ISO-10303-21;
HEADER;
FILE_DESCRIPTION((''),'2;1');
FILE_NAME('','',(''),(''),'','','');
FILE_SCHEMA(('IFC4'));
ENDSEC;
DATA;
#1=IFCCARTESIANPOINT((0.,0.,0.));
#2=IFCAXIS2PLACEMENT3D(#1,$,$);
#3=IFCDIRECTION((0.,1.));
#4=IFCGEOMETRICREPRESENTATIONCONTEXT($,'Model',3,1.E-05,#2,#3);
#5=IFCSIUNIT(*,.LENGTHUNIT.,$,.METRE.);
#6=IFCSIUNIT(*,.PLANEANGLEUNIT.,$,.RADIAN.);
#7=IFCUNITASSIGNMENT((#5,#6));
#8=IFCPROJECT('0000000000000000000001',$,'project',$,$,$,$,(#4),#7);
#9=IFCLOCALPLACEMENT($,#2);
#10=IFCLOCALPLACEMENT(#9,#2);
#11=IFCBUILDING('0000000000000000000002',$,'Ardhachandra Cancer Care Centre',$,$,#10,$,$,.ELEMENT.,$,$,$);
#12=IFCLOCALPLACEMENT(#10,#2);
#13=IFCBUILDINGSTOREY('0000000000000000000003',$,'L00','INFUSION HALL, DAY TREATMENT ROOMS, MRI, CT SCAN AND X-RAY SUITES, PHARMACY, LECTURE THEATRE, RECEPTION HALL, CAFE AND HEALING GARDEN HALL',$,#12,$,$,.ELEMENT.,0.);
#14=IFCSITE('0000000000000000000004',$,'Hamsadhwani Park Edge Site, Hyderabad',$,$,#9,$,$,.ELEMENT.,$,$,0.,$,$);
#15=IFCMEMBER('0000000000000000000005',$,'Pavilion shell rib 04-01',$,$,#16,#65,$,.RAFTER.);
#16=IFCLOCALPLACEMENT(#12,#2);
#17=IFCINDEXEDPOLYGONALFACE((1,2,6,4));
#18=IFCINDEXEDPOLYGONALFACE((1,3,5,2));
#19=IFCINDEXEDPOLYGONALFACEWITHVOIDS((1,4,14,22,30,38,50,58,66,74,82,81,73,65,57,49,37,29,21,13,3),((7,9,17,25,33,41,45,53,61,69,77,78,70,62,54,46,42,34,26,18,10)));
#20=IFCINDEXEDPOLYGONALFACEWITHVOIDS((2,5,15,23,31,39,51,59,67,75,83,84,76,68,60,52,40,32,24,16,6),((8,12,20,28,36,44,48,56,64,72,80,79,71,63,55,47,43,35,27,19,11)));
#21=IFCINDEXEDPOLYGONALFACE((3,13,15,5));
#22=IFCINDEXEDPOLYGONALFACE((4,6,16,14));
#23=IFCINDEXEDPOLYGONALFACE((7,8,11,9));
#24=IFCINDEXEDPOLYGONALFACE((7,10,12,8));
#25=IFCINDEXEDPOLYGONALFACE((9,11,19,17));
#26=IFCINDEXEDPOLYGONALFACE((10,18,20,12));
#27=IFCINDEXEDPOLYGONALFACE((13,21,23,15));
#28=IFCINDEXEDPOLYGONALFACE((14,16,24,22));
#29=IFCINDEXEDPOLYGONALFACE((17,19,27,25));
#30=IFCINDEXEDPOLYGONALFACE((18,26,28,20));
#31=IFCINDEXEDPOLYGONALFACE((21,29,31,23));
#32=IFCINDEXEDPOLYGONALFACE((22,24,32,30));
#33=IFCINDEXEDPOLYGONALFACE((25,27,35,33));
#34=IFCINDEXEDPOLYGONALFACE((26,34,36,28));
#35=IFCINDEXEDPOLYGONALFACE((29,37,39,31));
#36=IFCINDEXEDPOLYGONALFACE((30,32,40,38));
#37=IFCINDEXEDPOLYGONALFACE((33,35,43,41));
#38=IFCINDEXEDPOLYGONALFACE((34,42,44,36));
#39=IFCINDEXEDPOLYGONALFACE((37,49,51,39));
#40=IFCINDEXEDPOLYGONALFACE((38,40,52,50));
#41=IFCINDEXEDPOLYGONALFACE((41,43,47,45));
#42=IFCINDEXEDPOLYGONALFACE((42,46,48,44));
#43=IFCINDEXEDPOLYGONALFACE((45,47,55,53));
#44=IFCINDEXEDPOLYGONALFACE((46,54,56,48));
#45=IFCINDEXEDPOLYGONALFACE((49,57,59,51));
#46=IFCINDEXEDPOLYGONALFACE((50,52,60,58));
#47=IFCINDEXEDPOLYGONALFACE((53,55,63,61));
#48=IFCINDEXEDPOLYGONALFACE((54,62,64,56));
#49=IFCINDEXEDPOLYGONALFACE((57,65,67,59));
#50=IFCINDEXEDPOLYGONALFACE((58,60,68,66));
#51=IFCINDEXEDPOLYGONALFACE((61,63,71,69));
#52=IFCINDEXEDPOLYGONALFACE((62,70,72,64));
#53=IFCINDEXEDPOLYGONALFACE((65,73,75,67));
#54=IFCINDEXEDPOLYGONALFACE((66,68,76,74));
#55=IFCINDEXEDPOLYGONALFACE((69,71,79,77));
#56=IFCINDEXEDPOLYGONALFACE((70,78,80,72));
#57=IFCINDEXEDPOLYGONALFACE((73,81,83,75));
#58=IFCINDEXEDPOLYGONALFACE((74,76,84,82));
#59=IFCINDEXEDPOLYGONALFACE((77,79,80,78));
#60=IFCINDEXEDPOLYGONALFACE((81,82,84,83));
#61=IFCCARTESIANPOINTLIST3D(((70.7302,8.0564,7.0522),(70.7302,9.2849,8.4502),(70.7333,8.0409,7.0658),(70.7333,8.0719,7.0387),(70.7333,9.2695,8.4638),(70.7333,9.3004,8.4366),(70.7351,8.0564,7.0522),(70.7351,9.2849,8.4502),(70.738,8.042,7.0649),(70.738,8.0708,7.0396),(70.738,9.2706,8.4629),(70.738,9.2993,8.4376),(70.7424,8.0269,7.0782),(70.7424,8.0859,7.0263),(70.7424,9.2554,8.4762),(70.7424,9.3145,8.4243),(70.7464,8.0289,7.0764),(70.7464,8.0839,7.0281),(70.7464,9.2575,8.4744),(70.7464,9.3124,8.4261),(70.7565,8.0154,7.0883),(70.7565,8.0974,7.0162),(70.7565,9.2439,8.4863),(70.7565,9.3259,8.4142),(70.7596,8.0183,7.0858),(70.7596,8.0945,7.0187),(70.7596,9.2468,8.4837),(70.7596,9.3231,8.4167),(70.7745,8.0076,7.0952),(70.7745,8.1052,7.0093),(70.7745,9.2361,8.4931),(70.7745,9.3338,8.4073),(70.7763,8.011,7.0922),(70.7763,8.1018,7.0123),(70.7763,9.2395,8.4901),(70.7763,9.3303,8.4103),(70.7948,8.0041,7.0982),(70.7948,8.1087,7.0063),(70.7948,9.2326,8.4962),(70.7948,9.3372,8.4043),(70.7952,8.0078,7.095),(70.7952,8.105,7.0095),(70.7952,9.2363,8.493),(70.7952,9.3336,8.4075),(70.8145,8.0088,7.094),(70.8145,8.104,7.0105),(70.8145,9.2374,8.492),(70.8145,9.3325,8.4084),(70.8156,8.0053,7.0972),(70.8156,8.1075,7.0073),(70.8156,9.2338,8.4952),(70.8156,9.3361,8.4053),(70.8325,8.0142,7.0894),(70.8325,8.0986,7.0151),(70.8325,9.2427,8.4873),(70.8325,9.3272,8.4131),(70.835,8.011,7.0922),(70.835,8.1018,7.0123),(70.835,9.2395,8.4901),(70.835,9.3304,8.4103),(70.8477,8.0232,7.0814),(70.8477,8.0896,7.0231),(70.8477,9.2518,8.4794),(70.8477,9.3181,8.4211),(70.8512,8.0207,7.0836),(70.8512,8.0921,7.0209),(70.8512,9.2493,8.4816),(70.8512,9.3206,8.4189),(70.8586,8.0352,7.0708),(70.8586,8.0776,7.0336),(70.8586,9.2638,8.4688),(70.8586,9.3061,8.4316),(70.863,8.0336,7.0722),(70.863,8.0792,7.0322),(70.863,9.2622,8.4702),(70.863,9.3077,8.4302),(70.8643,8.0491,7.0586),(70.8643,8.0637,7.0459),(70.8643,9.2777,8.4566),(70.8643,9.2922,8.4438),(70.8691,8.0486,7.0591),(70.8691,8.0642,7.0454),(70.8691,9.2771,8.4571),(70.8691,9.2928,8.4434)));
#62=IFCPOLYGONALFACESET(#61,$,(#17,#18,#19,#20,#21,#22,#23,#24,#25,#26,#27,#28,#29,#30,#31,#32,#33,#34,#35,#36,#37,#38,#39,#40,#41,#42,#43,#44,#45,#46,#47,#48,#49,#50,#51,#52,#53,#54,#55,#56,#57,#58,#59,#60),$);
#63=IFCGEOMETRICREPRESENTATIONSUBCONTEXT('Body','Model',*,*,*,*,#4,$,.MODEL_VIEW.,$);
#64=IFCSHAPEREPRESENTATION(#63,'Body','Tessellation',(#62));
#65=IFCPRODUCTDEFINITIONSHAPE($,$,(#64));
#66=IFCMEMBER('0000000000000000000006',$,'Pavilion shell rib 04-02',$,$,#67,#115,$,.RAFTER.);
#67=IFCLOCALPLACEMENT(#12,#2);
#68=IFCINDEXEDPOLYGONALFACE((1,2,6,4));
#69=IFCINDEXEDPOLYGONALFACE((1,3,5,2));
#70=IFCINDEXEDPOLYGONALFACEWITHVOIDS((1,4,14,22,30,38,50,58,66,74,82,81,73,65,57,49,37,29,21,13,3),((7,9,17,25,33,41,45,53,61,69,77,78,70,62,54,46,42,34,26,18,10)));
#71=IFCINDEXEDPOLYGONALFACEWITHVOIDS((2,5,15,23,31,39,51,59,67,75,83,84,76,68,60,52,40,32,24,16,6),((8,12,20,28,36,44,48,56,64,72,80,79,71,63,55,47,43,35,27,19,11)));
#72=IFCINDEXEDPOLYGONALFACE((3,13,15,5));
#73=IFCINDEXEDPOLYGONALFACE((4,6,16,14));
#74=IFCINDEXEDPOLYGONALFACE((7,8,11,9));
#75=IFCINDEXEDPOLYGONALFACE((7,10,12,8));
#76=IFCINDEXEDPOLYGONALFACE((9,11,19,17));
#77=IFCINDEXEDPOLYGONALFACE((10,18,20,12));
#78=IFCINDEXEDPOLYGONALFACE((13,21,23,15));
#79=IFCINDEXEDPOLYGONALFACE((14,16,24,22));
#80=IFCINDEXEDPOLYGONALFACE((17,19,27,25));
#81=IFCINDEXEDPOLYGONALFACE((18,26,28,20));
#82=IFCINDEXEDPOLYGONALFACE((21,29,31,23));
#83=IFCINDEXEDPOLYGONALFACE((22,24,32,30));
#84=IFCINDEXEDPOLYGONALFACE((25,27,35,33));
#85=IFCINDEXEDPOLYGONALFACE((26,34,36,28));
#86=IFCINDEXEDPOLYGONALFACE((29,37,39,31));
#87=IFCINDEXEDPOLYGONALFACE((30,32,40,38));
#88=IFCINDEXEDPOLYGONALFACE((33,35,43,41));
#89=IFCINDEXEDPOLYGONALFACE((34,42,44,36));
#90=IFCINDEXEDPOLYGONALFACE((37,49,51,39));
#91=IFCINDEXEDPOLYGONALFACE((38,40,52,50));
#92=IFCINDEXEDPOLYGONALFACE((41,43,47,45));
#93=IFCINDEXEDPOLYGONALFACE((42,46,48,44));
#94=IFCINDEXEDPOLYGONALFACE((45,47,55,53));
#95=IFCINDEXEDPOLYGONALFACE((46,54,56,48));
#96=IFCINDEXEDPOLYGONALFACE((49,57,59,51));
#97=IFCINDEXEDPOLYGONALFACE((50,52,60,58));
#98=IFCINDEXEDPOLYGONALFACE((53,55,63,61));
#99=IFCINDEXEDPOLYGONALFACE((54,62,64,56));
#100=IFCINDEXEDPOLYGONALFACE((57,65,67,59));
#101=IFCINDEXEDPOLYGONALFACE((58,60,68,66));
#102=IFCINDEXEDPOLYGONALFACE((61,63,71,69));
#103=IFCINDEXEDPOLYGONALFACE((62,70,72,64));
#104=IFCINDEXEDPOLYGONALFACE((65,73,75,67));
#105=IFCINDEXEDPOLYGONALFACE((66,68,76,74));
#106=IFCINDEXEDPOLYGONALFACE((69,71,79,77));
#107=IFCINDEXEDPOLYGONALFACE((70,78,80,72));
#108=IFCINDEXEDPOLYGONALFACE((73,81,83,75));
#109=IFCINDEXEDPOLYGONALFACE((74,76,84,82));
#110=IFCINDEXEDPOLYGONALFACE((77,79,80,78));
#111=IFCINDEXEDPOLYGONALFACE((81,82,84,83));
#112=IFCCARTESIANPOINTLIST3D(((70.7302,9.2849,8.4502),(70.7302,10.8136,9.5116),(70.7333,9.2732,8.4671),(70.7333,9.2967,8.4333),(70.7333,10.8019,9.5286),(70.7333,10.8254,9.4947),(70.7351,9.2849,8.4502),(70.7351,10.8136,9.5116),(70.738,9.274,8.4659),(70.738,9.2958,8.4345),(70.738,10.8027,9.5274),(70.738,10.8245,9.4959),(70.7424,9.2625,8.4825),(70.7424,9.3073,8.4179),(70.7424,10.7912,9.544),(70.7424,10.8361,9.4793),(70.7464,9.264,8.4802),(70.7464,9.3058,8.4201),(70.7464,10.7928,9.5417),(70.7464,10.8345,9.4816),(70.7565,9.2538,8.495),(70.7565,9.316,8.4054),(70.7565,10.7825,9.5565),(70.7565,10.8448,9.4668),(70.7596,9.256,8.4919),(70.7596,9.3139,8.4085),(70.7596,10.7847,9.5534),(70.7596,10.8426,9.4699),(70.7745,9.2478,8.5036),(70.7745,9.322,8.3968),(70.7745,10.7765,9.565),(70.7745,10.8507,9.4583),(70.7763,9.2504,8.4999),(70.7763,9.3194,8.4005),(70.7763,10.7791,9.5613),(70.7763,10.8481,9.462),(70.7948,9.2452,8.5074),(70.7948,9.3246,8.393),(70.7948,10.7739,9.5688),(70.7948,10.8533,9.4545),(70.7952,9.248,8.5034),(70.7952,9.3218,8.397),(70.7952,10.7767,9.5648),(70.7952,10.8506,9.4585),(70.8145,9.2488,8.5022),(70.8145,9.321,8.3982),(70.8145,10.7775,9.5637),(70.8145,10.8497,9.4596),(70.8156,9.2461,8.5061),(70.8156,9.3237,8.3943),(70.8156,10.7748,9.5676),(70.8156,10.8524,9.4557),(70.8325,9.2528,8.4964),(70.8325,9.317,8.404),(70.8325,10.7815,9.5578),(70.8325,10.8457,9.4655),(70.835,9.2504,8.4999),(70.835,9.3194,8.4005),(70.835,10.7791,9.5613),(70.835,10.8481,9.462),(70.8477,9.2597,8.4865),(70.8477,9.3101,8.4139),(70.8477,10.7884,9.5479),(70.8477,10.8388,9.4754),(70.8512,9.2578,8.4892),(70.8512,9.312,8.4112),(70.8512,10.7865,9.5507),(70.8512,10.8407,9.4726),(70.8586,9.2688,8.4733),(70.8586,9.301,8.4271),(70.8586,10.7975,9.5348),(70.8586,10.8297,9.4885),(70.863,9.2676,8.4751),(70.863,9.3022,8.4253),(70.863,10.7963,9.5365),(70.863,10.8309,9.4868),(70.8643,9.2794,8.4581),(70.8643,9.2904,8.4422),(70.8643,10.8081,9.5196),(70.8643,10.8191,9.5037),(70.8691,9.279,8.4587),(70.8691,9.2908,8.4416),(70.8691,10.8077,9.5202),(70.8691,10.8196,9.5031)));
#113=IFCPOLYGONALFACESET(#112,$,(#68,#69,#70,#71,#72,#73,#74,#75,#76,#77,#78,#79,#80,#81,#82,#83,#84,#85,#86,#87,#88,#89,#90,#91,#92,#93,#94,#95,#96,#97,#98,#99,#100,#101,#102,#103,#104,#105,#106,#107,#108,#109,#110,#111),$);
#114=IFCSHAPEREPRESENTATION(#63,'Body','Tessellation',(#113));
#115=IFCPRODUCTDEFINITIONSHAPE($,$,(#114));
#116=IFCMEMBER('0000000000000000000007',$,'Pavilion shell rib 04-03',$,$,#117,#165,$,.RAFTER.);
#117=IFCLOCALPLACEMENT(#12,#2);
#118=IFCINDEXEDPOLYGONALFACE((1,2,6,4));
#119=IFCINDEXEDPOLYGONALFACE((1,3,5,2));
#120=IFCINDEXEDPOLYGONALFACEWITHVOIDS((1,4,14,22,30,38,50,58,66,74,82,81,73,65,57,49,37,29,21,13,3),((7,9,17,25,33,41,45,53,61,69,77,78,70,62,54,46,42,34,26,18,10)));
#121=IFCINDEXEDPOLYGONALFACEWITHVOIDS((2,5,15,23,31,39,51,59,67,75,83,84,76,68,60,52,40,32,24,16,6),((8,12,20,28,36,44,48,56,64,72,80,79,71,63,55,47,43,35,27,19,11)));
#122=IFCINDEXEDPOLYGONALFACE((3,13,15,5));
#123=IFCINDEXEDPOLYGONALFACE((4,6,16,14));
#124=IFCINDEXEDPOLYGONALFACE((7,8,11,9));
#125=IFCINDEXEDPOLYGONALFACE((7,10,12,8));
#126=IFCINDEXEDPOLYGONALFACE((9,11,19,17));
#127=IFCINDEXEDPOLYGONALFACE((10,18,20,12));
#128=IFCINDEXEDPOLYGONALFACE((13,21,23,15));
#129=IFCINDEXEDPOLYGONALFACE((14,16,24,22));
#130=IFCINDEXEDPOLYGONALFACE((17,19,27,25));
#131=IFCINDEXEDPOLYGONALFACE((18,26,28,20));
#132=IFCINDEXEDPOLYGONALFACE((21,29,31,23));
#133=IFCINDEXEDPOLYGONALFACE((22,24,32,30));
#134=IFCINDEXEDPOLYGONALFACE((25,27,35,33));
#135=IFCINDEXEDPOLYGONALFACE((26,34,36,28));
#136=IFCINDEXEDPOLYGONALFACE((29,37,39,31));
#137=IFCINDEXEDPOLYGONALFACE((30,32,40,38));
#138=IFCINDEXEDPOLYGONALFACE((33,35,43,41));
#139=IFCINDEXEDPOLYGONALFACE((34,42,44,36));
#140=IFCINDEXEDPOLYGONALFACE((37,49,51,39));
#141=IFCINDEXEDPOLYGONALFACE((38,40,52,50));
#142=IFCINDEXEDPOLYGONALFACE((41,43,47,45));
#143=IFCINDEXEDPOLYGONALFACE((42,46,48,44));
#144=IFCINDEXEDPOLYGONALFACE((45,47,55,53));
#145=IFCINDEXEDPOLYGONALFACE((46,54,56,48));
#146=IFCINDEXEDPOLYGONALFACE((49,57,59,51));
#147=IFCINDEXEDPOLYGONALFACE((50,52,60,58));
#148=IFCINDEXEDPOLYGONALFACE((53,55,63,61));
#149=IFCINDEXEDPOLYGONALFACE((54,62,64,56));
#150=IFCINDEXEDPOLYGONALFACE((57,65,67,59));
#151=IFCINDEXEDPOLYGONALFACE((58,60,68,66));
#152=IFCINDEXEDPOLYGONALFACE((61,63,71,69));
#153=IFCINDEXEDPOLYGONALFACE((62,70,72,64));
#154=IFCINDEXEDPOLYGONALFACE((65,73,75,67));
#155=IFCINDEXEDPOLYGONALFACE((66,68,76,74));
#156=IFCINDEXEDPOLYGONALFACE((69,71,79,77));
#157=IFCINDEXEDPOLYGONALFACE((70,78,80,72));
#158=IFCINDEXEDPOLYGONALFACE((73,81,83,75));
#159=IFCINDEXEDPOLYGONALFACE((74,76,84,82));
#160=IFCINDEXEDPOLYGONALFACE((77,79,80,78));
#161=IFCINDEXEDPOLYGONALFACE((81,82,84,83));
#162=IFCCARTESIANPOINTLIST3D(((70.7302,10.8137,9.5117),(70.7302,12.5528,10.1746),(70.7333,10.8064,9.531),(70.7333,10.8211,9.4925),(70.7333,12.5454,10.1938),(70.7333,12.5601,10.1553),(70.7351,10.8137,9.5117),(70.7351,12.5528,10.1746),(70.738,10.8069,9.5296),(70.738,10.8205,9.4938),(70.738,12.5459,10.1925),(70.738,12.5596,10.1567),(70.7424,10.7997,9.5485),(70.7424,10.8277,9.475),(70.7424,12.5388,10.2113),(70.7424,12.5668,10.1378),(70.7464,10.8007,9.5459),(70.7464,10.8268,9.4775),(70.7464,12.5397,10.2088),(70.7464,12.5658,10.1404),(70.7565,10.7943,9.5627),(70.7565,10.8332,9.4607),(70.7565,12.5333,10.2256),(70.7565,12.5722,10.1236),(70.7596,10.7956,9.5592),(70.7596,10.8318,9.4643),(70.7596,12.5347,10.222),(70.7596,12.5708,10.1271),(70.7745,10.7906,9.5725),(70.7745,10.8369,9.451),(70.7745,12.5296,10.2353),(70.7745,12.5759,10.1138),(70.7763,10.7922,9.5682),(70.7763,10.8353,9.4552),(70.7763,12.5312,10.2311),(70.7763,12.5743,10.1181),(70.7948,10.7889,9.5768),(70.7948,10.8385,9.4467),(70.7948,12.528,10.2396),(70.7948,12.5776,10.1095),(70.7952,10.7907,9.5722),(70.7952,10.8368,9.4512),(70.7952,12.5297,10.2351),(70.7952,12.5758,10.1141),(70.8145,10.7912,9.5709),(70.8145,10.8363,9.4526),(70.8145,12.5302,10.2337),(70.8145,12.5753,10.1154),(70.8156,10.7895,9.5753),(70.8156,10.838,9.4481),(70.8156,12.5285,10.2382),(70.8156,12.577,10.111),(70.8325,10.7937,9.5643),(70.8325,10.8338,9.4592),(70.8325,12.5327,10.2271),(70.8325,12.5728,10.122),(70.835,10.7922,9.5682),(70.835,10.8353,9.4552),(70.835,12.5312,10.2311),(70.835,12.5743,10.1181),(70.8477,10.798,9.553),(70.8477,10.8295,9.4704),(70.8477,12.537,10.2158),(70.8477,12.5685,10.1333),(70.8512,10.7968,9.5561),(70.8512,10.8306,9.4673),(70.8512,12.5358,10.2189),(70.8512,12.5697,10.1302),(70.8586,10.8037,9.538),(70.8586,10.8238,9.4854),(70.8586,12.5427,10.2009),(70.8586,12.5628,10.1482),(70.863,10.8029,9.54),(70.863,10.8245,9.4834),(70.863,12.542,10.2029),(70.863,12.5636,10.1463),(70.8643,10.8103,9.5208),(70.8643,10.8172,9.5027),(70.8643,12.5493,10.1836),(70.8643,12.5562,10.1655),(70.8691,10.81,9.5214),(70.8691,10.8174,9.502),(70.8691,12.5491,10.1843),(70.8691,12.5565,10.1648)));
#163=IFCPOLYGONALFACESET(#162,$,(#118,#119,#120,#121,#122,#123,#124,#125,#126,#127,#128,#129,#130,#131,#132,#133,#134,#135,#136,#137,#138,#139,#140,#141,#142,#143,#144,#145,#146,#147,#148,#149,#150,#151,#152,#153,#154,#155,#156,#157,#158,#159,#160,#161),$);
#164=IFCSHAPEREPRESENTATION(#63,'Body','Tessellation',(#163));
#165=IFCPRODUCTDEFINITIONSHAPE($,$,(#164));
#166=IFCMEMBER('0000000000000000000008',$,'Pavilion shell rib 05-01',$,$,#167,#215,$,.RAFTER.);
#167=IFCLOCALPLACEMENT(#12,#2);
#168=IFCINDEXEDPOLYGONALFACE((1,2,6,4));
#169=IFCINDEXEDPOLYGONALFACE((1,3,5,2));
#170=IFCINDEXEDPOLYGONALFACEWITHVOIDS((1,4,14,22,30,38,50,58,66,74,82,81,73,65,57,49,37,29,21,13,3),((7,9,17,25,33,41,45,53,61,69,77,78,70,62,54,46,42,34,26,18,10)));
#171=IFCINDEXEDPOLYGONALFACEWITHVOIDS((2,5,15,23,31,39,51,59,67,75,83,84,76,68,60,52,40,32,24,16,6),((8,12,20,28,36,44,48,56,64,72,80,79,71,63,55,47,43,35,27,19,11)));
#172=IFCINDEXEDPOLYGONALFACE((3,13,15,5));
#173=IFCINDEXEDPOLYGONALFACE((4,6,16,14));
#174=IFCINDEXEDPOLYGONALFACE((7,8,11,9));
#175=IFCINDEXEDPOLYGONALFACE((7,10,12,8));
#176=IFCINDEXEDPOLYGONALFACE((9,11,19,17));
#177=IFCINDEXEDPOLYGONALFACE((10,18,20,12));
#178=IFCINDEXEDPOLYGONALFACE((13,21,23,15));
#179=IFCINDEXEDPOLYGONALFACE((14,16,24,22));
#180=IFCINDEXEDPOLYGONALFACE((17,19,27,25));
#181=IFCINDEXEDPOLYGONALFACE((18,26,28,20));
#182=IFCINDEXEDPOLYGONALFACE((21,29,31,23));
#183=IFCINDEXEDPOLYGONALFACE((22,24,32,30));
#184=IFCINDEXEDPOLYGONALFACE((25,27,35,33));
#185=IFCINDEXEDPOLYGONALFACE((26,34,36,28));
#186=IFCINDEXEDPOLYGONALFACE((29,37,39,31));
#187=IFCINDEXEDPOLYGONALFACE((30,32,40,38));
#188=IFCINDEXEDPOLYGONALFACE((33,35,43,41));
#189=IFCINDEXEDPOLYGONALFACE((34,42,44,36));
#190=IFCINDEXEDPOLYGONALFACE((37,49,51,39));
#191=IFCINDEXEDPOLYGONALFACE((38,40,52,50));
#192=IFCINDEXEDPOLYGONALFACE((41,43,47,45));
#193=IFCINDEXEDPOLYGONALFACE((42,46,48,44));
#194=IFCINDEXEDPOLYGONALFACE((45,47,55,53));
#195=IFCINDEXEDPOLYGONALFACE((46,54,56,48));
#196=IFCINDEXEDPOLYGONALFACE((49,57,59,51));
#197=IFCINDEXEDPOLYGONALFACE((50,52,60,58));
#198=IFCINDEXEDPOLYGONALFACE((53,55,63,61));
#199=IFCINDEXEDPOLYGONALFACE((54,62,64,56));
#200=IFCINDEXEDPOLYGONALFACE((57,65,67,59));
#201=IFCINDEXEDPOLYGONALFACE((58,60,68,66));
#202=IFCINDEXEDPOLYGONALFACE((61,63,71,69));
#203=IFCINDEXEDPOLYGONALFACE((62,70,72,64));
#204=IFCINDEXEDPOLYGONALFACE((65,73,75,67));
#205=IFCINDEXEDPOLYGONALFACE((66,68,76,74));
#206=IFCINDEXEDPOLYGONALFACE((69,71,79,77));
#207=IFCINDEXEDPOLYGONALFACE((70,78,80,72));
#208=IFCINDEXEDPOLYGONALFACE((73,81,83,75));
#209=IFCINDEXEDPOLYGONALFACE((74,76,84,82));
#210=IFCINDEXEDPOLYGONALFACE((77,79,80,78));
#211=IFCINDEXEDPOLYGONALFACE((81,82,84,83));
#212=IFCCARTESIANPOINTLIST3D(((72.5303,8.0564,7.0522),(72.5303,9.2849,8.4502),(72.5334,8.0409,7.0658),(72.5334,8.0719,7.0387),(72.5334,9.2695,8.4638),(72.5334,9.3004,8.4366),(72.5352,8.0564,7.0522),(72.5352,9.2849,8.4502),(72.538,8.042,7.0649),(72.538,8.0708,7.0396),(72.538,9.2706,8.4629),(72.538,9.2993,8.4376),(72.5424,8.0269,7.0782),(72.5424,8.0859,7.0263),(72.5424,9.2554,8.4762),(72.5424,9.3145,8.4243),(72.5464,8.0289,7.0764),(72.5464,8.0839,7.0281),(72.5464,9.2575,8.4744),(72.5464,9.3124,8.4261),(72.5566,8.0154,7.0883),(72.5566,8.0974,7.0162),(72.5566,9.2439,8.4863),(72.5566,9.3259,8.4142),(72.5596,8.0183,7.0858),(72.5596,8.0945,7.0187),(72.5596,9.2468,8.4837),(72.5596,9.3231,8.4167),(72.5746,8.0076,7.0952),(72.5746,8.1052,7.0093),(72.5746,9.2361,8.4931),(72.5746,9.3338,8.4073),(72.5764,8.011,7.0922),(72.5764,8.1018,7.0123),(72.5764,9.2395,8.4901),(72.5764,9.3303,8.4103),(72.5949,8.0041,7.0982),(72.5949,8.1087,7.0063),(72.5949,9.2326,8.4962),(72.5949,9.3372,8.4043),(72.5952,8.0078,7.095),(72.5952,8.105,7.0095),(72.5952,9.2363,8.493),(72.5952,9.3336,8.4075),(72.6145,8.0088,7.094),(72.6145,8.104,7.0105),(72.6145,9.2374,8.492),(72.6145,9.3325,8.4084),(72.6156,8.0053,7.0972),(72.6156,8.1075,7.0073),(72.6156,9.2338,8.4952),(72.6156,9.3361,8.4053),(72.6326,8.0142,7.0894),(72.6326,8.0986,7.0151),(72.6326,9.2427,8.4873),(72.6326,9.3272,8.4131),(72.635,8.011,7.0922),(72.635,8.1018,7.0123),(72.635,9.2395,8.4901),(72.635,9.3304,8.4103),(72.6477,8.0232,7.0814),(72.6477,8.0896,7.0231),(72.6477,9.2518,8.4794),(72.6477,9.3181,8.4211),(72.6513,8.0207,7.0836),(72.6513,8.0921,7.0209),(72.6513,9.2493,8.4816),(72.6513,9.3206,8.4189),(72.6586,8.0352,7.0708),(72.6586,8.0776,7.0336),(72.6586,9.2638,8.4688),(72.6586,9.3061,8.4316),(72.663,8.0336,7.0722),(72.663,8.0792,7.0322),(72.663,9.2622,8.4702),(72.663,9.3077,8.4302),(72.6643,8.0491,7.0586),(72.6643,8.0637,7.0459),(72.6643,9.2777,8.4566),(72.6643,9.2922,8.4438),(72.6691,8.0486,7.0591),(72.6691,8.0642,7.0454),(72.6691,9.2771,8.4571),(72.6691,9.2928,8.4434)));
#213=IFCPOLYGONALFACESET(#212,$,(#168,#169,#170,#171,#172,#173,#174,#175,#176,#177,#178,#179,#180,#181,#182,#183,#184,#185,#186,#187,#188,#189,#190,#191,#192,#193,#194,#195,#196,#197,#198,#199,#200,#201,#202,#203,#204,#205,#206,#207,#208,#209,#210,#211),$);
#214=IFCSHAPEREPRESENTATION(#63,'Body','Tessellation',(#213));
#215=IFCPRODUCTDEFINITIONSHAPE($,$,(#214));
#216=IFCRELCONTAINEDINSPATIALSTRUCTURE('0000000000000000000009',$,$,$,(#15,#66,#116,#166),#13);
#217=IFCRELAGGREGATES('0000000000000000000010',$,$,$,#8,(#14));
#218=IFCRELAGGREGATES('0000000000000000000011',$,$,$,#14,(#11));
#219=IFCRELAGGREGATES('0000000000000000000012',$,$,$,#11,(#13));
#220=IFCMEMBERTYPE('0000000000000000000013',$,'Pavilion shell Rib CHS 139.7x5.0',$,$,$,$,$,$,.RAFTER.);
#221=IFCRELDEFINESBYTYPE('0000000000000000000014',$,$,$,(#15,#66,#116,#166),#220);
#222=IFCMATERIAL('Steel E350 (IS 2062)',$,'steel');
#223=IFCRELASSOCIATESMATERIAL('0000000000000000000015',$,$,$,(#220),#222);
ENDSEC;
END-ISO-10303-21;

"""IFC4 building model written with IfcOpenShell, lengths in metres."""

from ifc_helpers import new_model, si_unit, direction, frame, origin, origin_2d, place, context, subcontext, project, spatial, hollow_circle, extrude, material, material_profile, profile_set, type_object, element, save


model = new_model("IFC4")

# Units and contexts
model_context = context("Model", 3, precision=1e-05, world=origin(), true_north=direction((0.0, 1.0)))
body_context = subcontext(model_context, "Body", "Model", "MODEL_VIEW")
ifc_project = project(units=[si_unit("LENGTHUNIT", "METRE"), si_unit("PLANEANGLEUNIT", "RADIAN")], contexts=[model_context])

# Site, building, storey
site_placement = place(None, origin())
site = spatial("IfcSite", under=ifc_project, at=site_placement, Name="Hamsadhwani Park Edge Site, Hyderabad", CompositionType="ELEMENT", RefElevation=0.0)
building_placement = place(site_placement, origin())
building = spatial("IfcBuilding", under=site, at=building_placement, Name="Ardhachandra Cancer Care Centre", CompositionType="ELEMENT")
storey_placement = place(building_placement, origin())
storey = spatial("IfcBuildingStorey", under=building, at=storey_placement, Name="L00", Description="INFUSION HALL, DAY TREATMENT ROOMS, MRI, CT SCAN AND X-RAY SUITES, PHARMACY, LECTURE THEATRE, RECEPTION HALL, CAFE AND HEALING GARDEN HALL", CompositionType="ELEMENT", Elevation=0.0)

# Members
ifc_material_1 = material(Name="Steel E350 (IS 2062)", Category="steel")
ifc_material_profile_1 = material_profile(ifc_material_1, hollow_circle(Radius=0.0698, WallThickness=0.0049, at=origin_2d()), Name="CHS 139.7x5.0")
ifc_profile_set_1 = profile_set([ifc_material_profile_1], Name="Steel E350 (IS 2062)")
member_type_1 = type_object("IfcMemberType", Name="Pavilion shell Rib CHS 139.7x5.0", PredefinedType="RAFTER", material=ifc_profile_set_1)
for number, where, z_axis, x_axis, name in (
    (1, (70.8, 8.0564, 7.0522), (0.0, 0.660119, 0.751161), (-1.0, 0.0, 0.0), "Pavilion shell rib 04-01"),
    (2, (70.8, 9.2849, 8.4502), (0.0, 0.821408, 0.570342), (-1.0, 0.0, 0.0), "Pavilion shell rib 04-02"),
    (3, (70.8, 10.8137, 9.5117), (0.0, 0.934423, 0.356164), (-1.0, 0.0, 0.0), "Pavilion shell rib 04-03"),
    (4, (72.6001, 8.0564, 7.0522), (0.0, 0.660119, 0.751161), (-1.0, 0.0, 0.0), "Pavilion shell rib 05-01"),
):
    element("IfcMember", number, at=place(storey_placement, frame(where, z_axis=z_axis, x_axis=x_axis)), inside=storey, type_object=member_type_1, Name=name, PredefinedType="RAFTER", context=body_context, shape_type="SweptSolid", body=[
        extrude(hollow_circle(Radius=0.0698, WallThickness=0.0049, at=origin_2d()), origin(), (0.0, 0.0, 1.0), 1.8611),
    ])

save(model, "model.ifc")
